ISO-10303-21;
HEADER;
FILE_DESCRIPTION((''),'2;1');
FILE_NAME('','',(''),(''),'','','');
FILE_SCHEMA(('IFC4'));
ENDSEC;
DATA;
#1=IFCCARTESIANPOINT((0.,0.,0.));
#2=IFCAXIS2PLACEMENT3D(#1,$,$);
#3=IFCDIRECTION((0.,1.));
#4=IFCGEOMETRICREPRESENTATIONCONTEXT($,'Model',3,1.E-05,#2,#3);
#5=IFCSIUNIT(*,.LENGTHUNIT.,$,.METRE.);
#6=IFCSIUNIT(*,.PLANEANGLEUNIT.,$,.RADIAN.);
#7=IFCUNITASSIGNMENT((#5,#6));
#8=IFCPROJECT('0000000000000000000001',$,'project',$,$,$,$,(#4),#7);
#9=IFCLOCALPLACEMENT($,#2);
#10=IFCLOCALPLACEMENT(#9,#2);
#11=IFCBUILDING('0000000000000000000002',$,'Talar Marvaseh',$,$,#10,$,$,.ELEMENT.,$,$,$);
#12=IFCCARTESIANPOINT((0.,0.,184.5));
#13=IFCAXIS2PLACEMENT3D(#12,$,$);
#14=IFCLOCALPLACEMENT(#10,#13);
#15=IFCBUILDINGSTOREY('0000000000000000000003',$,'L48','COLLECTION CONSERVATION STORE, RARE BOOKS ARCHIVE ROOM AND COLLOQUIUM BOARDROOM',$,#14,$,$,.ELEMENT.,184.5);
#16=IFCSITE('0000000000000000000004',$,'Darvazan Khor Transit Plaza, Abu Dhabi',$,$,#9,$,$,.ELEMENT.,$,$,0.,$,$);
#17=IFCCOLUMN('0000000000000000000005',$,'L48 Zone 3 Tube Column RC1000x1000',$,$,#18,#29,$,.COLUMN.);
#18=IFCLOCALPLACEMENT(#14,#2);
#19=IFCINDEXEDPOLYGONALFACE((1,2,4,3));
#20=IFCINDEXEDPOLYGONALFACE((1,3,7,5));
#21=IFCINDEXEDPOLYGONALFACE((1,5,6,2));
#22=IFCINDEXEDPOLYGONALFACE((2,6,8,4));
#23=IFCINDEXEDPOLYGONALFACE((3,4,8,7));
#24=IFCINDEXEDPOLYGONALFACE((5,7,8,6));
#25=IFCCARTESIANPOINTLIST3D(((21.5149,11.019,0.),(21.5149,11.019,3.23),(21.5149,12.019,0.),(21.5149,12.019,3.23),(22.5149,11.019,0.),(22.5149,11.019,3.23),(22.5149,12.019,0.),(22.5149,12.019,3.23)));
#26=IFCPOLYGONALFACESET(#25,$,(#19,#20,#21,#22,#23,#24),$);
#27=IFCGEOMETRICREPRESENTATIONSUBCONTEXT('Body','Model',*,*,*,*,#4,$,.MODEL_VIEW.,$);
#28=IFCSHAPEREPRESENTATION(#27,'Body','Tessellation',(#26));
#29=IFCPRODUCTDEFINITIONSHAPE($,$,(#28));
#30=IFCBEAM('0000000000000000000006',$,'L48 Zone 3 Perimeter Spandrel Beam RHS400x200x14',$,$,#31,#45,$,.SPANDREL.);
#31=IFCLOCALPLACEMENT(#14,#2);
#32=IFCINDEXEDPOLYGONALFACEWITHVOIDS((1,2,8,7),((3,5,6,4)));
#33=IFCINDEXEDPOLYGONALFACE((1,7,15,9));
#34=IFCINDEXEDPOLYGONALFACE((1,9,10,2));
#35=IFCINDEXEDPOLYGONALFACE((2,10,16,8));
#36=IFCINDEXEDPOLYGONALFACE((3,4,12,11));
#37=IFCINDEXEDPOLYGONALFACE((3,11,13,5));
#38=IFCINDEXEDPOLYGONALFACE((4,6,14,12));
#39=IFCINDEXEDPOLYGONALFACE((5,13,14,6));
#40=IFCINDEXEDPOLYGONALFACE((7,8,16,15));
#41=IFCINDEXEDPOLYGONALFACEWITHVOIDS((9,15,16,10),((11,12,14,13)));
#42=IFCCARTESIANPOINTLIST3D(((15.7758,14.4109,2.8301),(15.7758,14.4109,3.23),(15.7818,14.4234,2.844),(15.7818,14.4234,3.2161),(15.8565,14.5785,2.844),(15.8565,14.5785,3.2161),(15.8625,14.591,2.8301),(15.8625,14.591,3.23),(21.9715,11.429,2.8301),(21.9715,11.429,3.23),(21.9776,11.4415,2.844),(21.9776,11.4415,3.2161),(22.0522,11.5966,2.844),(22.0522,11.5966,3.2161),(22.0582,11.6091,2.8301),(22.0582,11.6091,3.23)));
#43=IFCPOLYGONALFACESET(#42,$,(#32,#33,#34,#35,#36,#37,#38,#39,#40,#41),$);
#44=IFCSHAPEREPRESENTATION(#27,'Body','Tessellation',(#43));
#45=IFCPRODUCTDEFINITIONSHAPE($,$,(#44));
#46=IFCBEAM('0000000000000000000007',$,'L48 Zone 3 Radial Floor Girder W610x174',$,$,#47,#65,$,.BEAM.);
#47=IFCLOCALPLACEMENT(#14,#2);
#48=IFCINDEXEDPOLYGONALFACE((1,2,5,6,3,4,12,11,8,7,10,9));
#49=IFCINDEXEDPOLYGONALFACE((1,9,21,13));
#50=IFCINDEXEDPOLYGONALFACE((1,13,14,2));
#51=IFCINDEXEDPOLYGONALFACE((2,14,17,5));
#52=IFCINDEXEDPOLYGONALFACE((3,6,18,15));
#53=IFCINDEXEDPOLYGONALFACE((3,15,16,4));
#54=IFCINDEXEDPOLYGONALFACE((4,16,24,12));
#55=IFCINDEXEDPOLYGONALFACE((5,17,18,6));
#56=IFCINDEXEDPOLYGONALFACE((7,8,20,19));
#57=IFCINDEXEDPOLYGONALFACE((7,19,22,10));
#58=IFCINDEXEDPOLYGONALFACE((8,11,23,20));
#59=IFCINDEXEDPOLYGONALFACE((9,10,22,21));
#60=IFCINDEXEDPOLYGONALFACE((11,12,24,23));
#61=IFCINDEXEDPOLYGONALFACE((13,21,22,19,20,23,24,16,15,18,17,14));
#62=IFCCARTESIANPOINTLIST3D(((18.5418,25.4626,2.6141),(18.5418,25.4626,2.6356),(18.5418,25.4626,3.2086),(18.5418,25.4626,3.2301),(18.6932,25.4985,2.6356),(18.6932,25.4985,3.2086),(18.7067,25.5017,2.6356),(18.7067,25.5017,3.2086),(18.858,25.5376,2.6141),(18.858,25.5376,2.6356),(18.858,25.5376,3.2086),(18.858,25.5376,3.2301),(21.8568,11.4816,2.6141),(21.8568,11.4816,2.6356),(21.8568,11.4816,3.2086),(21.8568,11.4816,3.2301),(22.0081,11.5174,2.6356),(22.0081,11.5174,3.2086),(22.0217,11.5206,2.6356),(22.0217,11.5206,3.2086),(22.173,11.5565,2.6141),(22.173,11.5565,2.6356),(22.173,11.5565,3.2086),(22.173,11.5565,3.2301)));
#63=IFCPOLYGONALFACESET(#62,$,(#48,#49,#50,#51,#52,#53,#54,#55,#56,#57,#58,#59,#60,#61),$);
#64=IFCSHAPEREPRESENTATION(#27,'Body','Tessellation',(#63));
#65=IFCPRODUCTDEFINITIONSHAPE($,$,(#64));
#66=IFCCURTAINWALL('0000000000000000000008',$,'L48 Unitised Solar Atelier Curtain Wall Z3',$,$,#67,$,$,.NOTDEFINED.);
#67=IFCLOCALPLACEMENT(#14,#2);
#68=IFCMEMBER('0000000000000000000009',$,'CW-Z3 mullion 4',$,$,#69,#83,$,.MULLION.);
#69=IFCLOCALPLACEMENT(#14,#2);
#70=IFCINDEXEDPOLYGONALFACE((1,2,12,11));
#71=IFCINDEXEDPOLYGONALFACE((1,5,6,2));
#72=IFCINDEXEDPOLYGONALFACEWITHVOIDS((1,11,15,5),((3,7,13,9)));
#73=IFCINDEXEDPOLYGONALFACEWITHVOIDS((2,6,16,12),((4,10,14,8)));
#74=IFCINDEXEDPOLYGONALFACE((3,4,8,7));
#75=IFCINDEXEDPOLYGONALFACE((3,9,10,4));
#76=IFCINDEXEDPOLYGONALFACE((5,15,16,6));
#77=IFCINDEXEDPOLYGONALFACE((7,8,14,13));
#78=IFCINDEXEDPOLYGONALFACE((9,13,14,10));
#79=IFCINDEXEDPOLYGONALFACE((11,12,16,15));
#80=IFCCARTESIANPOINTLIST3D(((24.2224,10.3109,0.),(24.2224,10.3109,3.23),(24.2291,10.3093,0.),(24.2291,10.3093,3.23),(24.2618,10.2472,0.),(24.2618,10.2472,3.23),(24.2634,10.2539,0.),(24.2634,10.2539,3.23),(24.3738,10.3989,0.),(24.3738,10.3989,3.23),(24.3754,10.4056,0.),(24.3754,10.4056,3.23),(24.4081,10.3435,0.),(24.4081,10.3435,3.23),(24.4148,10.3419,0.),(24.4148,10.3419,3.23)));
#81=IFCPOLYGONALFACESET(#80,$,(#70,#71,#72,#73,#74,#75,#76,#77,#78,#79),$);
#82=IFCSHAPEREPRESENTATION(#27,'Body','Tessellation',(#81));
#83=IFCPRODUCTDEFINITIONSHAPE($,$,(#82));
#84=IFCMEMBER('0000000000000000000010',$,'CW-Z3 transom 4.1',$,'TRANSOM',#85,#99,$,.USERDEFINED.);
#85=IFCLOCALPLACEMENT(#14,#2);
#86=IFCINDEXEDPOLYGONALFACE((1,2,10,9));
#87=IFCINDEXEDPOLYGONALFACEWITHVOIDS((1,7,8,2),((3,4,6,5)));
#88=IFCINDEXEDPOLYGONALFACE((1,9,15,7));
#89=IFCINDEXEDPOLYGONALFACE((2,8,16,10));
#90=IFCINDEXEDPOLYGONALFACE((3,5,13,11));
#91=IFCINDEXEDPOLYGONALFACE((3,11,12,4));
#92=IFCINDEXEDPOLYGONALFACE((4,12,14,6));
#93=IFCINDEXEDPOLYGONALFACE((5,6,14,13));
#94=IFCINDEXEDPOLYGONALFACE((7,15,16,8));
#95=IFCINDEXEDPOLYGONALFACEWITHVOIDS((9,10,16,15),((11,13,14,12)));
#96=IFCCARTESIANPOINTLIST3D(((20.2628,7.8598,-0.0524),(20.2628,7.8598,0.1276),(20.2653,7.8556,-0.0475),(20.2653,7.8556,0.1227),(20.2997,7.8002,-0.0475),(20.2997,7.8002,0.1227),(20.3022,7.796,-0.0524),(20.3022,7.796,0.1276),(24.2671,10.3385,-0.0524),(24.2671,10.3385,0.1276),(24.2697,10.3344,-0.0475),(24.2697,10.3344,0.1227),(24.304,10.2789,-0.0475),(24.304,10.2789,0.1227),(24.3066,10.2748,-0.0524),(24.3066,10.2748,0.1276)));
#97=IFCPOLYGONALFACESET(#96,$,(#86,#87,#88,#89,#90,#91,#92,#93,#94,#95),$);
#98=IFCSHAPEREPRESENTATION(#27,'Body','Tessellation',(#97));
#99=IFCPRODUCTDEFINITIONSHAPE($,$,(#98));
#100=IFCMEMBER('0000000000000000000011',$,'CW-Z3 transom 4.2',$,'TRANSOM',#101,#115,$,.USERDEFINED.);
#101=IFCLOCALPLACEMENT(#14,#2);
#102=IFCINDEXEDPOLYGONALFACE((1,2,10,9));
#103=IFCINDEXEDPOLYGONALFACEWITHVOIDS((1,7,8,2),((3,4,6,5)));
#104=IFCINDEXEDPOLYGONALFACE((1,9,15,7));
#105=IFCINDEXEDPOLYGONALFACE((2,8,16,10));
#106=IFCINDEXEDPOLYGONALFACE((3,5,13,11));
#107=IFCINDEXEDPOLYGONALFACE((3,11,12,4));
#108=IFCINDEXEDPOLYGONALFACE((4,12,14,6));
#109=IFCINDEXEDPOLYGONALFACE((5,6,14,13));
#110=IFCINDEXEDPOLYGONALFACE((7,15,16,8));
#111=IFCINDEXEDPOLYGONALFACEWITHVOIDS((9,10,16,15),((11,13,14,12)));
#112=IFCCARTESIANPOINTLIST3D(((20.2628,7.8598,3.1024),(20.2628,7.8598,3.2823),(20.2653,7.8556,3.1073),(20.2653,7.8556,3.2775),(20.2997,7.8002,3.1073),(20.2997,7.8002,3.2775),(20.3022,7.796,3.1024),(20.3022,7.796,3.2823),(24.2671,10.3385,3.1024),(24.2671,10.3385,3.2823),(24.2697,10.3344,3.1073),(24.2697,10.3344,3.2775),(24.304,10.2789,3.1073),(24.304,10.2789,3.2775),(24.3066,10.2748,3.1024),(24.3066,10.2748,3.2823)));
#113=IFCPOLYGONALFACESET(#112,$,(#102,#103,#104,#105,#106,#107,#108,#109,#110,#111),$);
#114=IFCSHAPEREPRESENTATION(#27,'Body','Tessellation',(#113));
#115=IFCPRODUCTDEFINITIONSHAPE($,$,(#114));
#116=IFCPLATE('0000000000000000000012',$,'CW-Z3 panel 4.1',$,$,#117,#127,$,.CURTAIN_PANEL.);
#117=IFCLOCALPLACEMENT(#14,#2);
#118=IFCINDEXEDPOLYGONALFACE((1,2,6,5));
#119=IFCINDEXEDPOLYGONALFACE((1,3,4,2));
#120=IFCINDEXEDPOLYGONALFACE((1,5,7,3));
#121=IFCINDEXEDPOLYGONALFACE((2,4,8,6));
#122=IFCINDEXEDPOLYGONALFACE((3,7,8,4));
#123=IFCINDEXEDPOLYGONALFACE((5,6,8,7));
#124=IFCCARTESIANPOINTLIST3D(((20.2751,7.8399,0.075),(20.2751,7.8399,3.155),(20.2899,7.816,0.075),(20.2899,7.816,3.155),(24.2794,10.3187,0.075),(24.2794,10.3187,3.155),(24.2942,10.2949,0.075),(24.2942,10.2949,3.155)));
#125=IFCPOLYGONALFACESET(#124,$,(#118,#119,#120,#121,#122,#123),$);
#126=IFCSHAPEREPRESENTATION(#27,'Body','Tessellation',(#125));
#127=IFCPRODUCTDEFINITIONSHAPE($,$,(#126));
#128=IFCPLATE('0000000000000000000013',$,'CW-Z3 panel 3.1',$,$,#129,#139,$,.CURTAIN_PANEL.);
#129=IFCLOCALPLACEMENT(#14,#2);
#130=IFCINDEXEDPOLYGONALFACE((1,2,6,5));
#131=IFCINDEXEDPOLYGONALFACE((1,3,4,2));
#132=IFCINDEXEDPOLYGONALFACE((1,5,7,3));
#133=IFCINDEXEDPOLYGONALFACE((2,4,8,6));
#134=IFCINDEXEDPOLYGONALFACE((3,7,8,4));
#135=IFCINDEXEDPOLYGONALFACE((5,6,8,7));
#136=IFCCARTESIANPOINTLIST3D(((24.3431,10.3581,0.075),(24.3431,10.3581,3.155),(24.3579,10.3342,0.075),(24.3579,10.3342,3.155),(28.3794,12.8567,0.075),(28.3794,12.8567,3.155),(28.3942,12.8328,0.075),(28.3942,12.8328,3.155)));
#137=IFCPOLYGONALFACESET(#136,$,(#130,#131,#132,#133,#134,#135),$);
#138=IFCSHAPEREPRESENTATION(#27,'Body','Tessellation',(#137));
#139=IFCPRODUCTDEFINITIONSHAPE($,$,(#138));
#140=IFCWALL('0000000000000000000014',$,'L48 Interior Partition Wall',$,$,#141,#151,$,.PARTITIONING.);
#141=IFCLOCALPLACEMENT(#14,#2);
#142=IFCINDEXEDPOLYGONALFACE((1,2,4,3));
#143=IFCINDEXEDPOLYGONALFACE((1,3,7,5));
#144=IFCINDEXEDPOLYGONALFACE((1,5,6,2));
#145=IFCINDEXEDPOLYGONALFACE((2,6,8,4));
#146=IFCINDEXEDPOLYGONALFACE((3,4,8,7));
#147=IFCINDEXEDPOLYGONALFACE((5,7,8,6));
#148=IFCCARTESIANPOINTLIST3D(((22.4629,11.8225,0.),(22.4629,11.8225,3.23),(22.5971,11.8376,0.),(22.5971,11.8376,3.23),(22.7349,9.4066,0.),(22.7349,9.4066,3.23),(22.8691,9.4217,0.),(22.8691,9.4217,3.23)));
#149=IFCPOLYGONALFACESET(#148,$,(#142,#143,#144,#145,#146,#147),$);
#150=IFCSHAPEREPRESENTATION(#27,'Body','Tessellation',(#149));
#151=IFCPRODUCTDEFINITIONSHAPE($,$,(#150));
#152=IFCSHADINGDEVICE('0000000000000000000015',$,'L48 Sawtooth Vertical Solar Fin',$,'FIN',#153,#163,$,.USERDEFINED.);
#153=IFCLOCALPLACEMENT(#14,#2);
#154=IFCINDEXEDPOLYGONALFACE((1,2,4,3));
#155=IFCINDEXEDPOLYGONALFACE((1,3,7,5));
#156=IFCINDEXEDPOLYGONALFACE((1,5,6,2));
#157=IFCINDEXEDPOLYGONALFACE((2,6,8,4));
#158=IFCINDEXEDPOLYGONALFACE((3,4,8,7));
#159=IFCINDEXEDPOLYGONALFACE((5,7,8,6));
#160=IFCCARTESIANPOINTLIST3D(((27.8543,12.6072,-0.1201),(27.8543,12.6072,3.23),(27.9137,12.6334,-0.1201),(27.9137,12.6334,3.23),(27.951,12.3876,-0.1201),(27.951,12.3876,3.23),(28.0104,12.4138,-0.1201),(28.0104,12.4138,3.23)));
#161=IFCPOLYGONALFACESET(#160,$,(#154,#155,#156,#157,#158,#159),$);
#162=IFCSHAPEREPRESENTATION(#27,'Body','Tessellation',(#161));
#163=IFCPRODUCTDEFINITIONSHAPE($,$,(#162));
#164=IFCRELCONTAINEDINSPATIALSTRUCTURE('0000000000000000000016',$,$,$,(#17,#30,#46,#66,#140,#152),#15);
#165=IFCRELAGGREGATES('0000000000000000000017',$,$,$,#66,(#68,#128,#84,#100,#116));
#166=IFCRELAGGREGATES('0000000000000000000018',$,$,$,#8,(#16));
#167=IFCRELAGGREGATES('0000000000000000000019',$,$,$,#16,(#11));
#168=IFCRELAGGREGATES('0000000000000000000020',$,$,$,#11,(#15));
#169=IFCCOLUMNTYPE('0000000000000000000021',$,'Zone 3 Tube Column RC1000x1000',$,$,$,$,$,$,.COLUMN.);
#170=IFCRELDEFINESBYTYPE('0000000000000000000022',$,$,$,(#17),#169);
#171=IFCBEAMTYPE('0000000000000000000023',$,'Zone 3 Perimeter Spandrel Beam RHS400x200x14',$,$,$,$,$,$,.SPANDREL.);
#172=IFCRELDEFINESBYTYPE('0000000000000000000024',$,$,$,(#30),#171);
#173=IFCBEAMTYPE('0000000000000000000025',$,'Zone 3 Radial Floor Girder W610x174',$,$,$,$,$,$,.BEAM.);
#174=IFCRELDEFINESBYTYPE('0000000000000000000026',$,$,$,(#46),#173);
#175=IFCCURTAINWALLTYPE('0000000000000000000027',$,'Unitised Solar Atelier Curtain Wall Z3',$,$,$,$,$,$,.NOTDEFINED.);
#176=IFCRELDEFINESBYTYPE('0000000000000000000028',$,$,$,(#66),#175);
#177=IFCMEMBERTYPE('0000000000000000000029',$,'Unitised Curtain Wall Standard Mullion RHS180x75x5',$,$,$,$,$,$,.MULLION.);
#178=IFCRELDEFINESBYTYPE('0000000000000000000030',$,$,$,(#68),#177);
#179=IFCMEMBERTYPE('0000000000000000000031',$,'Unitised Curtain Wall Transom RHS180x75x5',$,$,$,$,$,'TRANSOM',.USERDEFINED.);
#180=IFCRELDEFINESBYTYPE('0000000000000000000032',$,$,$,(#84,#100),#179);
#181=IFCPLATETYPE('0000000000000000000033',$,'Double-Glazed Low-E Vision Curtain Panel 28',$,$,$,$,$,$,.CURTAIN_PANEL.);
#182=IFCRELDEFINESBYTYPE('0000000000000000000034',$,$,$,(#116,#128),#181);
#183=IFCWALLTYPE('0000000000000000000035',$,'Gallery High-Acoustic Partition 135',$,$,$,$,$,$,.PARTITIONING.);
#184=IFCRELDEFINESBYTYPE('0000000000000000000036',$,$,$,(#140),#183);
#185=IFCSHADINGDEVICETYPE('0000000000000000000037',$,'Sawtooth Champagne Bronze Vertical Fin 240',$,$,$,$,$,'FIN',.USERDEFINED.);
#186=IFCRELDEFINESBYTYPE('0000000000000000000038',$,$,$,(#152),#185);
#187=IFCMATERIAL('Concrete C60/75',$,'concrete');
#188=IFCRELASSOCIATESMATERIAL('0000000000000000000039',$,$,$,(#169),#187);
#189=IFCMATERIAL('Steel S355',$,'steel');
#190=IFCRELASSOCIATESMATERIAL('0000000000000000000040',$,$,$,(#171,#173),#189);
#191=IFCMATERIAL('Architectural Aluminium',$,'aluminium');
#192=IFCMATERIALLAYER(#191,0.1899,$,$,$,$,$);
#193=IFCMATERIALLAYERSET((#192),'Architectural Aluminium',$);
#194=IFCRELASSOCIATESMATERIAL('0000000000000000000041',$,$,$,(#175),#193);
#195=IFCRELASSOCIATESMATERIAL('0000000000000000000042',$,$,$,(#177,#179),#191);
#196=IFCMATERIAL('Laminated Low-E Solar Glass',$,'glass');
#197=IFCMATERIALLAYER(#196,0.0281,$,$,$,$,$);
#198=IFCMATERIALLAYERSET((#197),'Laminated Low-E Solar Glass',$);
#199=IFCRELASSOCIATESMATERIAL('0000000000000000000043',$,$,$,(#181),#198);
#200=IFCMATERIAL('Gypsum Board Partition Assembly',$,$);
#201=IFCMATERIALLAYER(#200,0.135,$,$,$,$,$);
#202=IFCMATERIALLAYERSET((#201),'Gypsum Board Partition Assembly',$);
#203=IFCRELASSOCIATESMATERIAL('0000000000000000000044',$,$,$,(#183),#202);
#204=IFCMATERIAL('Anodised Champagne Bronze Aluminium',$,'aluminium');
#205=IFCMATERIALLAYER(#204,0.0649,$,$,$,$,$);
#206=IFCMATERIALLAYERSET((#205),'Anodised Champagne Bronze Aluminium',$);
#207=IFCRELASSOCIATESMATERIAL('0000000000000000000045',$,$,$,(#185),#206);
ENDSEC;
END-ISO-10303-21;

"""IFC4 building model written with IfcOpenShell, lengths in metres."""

from ifc_helpers import new_model, si_unit, direction, frame, frame_2d, origin, origin_2d, place, context, subcontext, project, spatial, rectangle, hollow_rectangle, i_section, extrude, source, transform, mapped, material, layer, layer_set, material_profile, profile_set, type_object, type_shapes, element, aggregate, save


model = new_model("IFC4")

# Units and contexts
model_context = context("Model", 3, precision=1e-05, world=origin(), true_north=direction((0.0, 1.0)))
body_context = subcontext(model_context, "Body", "Model", "MODEL_VIEW")
ifc_project = project(units=[si_unit("LENGTHUNIT", "METRE"), si_unit("PLANEANGLEUNIT", "RADIAN")], contexts=[model_context])

# Site, building, storey
site_placement = place(None, origin())
site = spatial("IfcSite", under=ifc_project, at=site_placement, Name="Darvazan Khor Transit Plaza, Abu Dhabi", CompositionType="ELEMENT", RefElevation=0.0)
building_placement = place(site_placement, origin())
building = spatial("IfcBuilding", under=site, at=building_placement, Name="Talar Marvaseh", CompositionType="ELEMENT")
storey_placement = place(building_placement, frame((0.0, 0.0, 184.5)))
storey = spatial("IfcBuildingStorey", under=building, at=storey_placement, Name="L48", Description="COLLECTION CONSERVATION STORE, RARE BOOKS ARCHIVE ROOM AND COLLOQUIUM BOARDROOM", CompositionType="ELEMENT", Elevation=184.5)

# Column
ifc_material_1 = material(Name="Concrete C60/75", Category="concrete")
ifc_material_profile_1 = material_profile(ifc_material_1, rectangle(XDim=1.0, YDim=1.0, at=origin_2d()), Name="RC1000x1000")
ifc_profile_set_1 = profile_set([ifc_material_profile_1], Name="Concrete C60/75")
column_type = type_object("IfcColumnType", Name="Zone 3 Tube Column RC1000x1000", PredefinedType="COLUMN", material=ifc_profile_set_1)
column_placement = place(storey_placement, frame((22.0149, 11.519, 0.0), z_axis=(0.0, 0.0, 1.0), x_axis=(1.0, 0.0, 0.0)))
element("IfcColumn", 1, at=column_placement, inside=storey, type_object=column_type, Name="L48 Zone 3 Tube Column RC1000x1000", PredefinedType="COLUMN", context=body_context, shape_type="SweptSolid", body=[
    extrude(rectangle(XDim=1.0, YDim=1.0, at=origin_2d()), origin(), (0.0, 0.0, 1.0), 3.23),
])

# Beams
ifc_material_2 = material(Name="Steel S355", Category="steel")
ifc_material_profile_2 = material_profile(ifc_material_2, hollow_rectangle(XDim=0.2, YDim=0.3999, WallThickness=0.0139, at=origin_2d()), Name="RHS400x200x14")
ifc_profile_set_2 = profile_set([ifc_material_profile_2], Name="Steel S355")
beam_type_1 = type_object("IfcBeamType", Name="Zone 3 Perimeter Spandrel Beam RHS400x200x14", PredefinedType="SPANDREL", material=ifc_profile_set_2)
beam_1_placement = place(storey_placement, frame((22.0149, 11.519, 3.03), z_axis=(-0.901072, 0.43367, 0.0), x_axis=(-0.43367, -0.901072, 0.0)))
element("IfcBeam", 2, at=beam_1_placement, inside=storey, type_object=beam_type_1, Name="L48 Zone 3 Perimeter Spandrel Beam RHS400x200x14", PredefinedType="SPANDREL", context=body_context, shape_type="SweptSolid", body=[
    extrude(hollow_rectangle(XDim=0.2, YDim=0.3999, WallThickness=0.0139, at=origin_2d()), origin(), (0.0, 0.0, 1.0), 6.876),
])
ifc_material_profile_3 = material_profile(ifc_material_2, i_section(OverallWidth=0.325, OverallDepth=0.616, WebThickness=0.0139, FlangeThickness=0.0215, at=origin_2d()), Name="W610x174")
ifc_profile_set_3 = profile_set([ifc_material_profile_3], Name="Steel S355")
beam_type_2 = type_object("IfcBeamType", Name="Zone 3 Radial Floor Girder W610x174", PredefinedType="BEAM", material=ifc_profile_set_3)
beam_2_placement = place(storey_placement, frame((22.0149, 11.519, 2.9221), z_axis=(-0.230708, 0.973023, 0.0), x_axis=(-0.973023, -0.230708, 0.0)))
element("IfcBeam", 3, at=beam_2_placement, inside=storey, type_object=beam_type_2, Name="L48 Zone 3 Radial Floor Girder W610x174", PredefinedType="BEAM", context=body_context, shape_type="SweptSolid", body=[
    extrude(i_section(OverallWidth=0.325, OverallDepth=0.616, WebThickness=0.0139, FlangeThickness=0.0215, at=origin_2d()), origin(), (0.0, 0.0, 1.0), 14.3687),
])

# Curtain wall, members, plates
ifc_material_3 = material(Name="Architectural Aluminium", Category="aluminium")
ifc_layer_1 = layer(ifc_material_3, 0.1899)
ifc_layer_set_1 = layer_set([ifc_layer_1], Name="Architectural Aluminium")
curtain_wall_type = type_object("IfcCurtainWallType", Name="Unitised Solar Atelier Curtain Wall Z3", PredefinedType="NOTDEFINED", material=ifc_layer_set_1)
curtain_wall_placement = place(storey_placement, origin())
curtain_wall = element("IfcCurtainWall", 4, at=curtain_wall_placement, inside=storey, type_object=curtain_wall_type, Name="L48 Unitised Solar Atelier Curtain Wall Z3", PredefinedType="NOTDEFINED")
ifc_material_profile_4 = material_profile(ifc_material_3, hollow_rectangle(XDim=0.075, YDim=0.1799, WallThickness=0.0049, at=origin_2d()), Name="RHS180x75x5")
ifc_profile_set_4 = profile_set([ifc_material_profile_4], Name="Architectural Aluminium")
member_type_1 = type_object("IfcMemberType", Name="Unitised Curtain Wall Standard Mullion RHS180x75x5", PredefinedType="MULLION", material=ifc_profile_set_4)
shared_shape_1 = source(origin(), body_context, "Body", "SweptSolid", [
    extrude(hollow_rectangle(XDim=0.075, YDim=0.1799, WallThickness=0.0049, at=origin_2d()), origin(), (0.0, 0.0, 1.0), 3.23),
])
type_shapes(member_type_1, [shared_shape_1])
member_1_placement = place(storey_placement, frame((24.3186, 10.3264, 0.0), z_axis=(0.0, 0.0, 1.0), x_axis=(0.526349, -0.850268, 0.0)))
member_1 = element("IfcMember", 5, at=member_1_placement, type_object=member_type_1, Name="CW-Z3 mullion 4", PredefinedType="MULLION", context=body_context, shape_type="MappedRepresentation", body=[
    mapped(shared_shape_1, transform((0.0, 0.0, 0.0), x_axis=(1.0, 0.0, 0.0), y_axis=(0.0, 1.0, 0.0), z_axis=(0.0, 0.0, 1.0), scale=1.0)),
])
ifc_material_profile_5 = material_profile(ifc_material_3, hollow_rectangle(XDim=0.075, YDim=0.1799, WallThickness=0.0049, at=origin_2d()), Name="RHS180x75x5")
ifc_profile_set_5 = profile_set([ifc_material_profile_5], Name="Architectural Aluminium")
member_type_2 = type_object("IfcMemberType", Name="Unitised Curtain Wall Transom RHS180x75x5", ElementType="TRANSOM", PredefinedType="USERDEFINED", material=ifc_profile_set_5)
shared_shape_2 = source(origin(), body_context, "Body", "SweptSolid", [
    extrude(hollow_rectangle(XDim=0.075, YDim=0.1799, WallThickness=0.0049, at=origin_2d()), origin(), (0.0, 0.0, 1.0), 4.7095),
])
type_shapes(member_type_2, [shared_shape_2])
member_2_placement = place(storey_placement, frame((24.2869, 10.3066, 0.0376), z_axis=(-0.85028, -0.526331, 0.0), x_axis=(0.526331, -0.85028, 0.0)))
member_2 = element("IfcMember", 6, at=member_2_placement, type_object=member_type_2, Name="CW-Z3 transom 4.1", ObjectType="TRANSOM", PredefinedType="USERDEFINED", context=body_context, shape_type="MappedRepresentation", body=[
    mapped(shared_shape_2, transform((0.0, 0.0, 0.0), x_axis=(1.0, 0.0, 0.0), y_axis=(0.0, 1.0, 0.0), z_axis=(0.0, 0.0, 1.0), scale=1.0)),
])
member_3_placement = place(storey_placement, frame((24.2869, 10.3066, 3.1924), z_axis=(-0.85028, -0.526331, 0.0), x_axis=(0.526331, -0.85028, 0.0)))
member_3 = element("IfcMember", 7, at=member_3_placement, type_object=member_type_2, Name="CW-Z3 transom 4.2", ObjectType="TRANSOM", PredefinedType="USERDEFINED", context=body_context, shape_type="MappedRepresentation", body=[
    mapped(shared_shape_2, transform((0.0, 0.0, 0.0), x_axis=(1.0, 0.0, 0.0), y_axis=(0.0, 1.0, 0.0), z_axis=(0.0, 0.0, 1.0), scale=1.0)),
])
ifc_material_4 = material(Name="Laminated Low-E Solar Glass", Category="glass")
ifc_layer_2 = layer(ifc_material_4, 0.0281)
ifc_layer_set_2 = layer_set([ifc_layer_2], Name="Laminated Low-E Solar Glass")
plate_type = type_object("IfcPlateType", Name="Double-Glazed Low-E Vision Curtain Panel 28", PredefinedType="CURTAIN_PANEL", material=ifc_layer_set_2)
shared_shape_3 = source(origin(), body_context, "Body", "SweptSolid", [
    extrude(rectangle(XDim=4.7095, YDim=0.0281, at=origin_2d()), origin(), (0.0, 0.0, 1.0), 3.0801),
])
plate_1_placement = place(storey_placement, frame((22.2847, 9.0674, 0.075), z_axis=(0.0, 0.0, 1.0), x_axis=(-0.850268, -0.526349, 0.0)))
plate_1 = element("IfcPlate", 8, at=plate_1_placement, type_object=plate_type, Name="CW-Z3 panel 4.1", PredefinedType="CURTAIN_PANEL", context=body_context, shape_type="MappedRepresentation", body=[
    mapped(shared_shape_3, transform((0.0, 0.0, 0.0), x_axis=(1.0, 0.0, 0.0), y_axis=(0.0, 1.0, 0.0), z_axis=(0.0, 0.0, 1.0), scale=1.0)),
])
shared_shape_4 = source(origin(), body_context, "Body", "SweptSolid", [
    extrude(rectangle(XDim=4.7471, YDim=0.0281, at=origin_2d()), origin(), (0.0, 0.0, 1.0), 3.0801),
])
type_shapes(plate_type, [shared_shape_3, shared_shape_4])
plate_2_placement = place(storey_placement, frame((26.3687, 11.5955, 0.075), z_axis=(0.0, 0.0, 1.0), x_axis=(-0.850268, -0.526349, 0.0)))
plate_2 = element("IfcPlate", 9, at=plate_2_placement, type_object=plate_type, Name="CW-Z3 panel 3.1", PredefinedType="CURTAIN_PANEL", context=body_context, shape_type="MappedRepresentation", body=[
    mapped(shared_shape_4, transform((0.0, 0.0, 0.0), x_axis=(1.0, 0.0, 0.0), y_axis=(0.0, 1.0, 0.0), z_axis=(0.0, 0.0, 1.0), scale=1.0)),
])
aggregate(curtain_wall, [member_1, plate_2, member_2, member_3, plate_1])

# Wall
ifc_material_5 = material(Name="Gypsum Board Partition Assembly")
ifc_layer_3 = layer(ifc_material_5, 0.135)
ifc_layer_set_3 = layer_set([ifc_layer_3], Name="Gypsum Board Partition Assembly")
wall_type = type_object("IfcWallType", Name="Gallery High-Acoustic Partition 135", PredefinedType="PARTITIONING", material=ifc_layer_set_3)
wall_placement = place(storey_placement, frame((22.53, 11.8301, 0.0), z_axis=(0.0, 0.0, 1.0), x_axis=(0.111875, -0.993722, 0.0)))
element("IfcWall", 10, at=wall_placement, inside=storey, type_object=wall_type, Name="L48 Interior Partition Wall", PredefinedType="PARTITIONING", context=body_context, shape_type="SweptSolid", body=[
    extrude(rectangle(XDim=2.4312, YDim=0.135, at=frame_2d((1.2156, 0.0))), origin(), (0.0, 0.0, 1.0), 3.23),
])

# Shading device
ifc_material_6 = material(Name="Anodised Champagne Bronze Aluminium", Category="aluminium")
ifc_layer_4 = layer(ifc_material_6, 0.0649)
ifc_layer_set_4 = layer_set([ifc_layer_4], Name="Anodised Champagne Bronze Aluminium")
shading_device_type = type_object("IfcShadingDeviceType", Name="Sawtooth Champagne Bronze Vertical Fin 240", ElementType="FIN", PredefinedType="USERDEFINED", material=ifc_layer_set_4)
shared_shape_5 = source(origin(), body_context, "Body", "SweptSolid", [
    extrude(rectangle(XDim=0.24, YDim=0.0649, at=origin_2d()), origin(), (0.0, 0.0, 1.0), 3.3501),
])
type_shapes(shading_device_type, [shared_shape_5])
for number, where, z_axis, x_axis, name in (
    (11, (27.9324, 12.5105, -0.1201), (0.0, 0.0, 1.0), (0.402906, -0.915241, 0.0), "L48 Sawtooth Vertical Solar Fin"),
):
    element("IfcShadingDevice", number, at=place(storey_placement, frame(where, z_axis=z_axis, x_axis=x_axis)), inside=storey, type_object=shading_device_type, Name=name, ObjectType="FIN", PredefinedType="USERDEFINED", context=body_context, shape_type="MappedRepresentation", body=[
        mapped(shared_shape_5, transform((0.0, 0.0, 0.0), x_axis=(1.0, 0.0, 0.0), y_axis=(0.0, 1.0, 0.0), z_axis=(0.0, 0.0, 1.0), scale=1.0)),
    ])

save(model, "model.ifc")
